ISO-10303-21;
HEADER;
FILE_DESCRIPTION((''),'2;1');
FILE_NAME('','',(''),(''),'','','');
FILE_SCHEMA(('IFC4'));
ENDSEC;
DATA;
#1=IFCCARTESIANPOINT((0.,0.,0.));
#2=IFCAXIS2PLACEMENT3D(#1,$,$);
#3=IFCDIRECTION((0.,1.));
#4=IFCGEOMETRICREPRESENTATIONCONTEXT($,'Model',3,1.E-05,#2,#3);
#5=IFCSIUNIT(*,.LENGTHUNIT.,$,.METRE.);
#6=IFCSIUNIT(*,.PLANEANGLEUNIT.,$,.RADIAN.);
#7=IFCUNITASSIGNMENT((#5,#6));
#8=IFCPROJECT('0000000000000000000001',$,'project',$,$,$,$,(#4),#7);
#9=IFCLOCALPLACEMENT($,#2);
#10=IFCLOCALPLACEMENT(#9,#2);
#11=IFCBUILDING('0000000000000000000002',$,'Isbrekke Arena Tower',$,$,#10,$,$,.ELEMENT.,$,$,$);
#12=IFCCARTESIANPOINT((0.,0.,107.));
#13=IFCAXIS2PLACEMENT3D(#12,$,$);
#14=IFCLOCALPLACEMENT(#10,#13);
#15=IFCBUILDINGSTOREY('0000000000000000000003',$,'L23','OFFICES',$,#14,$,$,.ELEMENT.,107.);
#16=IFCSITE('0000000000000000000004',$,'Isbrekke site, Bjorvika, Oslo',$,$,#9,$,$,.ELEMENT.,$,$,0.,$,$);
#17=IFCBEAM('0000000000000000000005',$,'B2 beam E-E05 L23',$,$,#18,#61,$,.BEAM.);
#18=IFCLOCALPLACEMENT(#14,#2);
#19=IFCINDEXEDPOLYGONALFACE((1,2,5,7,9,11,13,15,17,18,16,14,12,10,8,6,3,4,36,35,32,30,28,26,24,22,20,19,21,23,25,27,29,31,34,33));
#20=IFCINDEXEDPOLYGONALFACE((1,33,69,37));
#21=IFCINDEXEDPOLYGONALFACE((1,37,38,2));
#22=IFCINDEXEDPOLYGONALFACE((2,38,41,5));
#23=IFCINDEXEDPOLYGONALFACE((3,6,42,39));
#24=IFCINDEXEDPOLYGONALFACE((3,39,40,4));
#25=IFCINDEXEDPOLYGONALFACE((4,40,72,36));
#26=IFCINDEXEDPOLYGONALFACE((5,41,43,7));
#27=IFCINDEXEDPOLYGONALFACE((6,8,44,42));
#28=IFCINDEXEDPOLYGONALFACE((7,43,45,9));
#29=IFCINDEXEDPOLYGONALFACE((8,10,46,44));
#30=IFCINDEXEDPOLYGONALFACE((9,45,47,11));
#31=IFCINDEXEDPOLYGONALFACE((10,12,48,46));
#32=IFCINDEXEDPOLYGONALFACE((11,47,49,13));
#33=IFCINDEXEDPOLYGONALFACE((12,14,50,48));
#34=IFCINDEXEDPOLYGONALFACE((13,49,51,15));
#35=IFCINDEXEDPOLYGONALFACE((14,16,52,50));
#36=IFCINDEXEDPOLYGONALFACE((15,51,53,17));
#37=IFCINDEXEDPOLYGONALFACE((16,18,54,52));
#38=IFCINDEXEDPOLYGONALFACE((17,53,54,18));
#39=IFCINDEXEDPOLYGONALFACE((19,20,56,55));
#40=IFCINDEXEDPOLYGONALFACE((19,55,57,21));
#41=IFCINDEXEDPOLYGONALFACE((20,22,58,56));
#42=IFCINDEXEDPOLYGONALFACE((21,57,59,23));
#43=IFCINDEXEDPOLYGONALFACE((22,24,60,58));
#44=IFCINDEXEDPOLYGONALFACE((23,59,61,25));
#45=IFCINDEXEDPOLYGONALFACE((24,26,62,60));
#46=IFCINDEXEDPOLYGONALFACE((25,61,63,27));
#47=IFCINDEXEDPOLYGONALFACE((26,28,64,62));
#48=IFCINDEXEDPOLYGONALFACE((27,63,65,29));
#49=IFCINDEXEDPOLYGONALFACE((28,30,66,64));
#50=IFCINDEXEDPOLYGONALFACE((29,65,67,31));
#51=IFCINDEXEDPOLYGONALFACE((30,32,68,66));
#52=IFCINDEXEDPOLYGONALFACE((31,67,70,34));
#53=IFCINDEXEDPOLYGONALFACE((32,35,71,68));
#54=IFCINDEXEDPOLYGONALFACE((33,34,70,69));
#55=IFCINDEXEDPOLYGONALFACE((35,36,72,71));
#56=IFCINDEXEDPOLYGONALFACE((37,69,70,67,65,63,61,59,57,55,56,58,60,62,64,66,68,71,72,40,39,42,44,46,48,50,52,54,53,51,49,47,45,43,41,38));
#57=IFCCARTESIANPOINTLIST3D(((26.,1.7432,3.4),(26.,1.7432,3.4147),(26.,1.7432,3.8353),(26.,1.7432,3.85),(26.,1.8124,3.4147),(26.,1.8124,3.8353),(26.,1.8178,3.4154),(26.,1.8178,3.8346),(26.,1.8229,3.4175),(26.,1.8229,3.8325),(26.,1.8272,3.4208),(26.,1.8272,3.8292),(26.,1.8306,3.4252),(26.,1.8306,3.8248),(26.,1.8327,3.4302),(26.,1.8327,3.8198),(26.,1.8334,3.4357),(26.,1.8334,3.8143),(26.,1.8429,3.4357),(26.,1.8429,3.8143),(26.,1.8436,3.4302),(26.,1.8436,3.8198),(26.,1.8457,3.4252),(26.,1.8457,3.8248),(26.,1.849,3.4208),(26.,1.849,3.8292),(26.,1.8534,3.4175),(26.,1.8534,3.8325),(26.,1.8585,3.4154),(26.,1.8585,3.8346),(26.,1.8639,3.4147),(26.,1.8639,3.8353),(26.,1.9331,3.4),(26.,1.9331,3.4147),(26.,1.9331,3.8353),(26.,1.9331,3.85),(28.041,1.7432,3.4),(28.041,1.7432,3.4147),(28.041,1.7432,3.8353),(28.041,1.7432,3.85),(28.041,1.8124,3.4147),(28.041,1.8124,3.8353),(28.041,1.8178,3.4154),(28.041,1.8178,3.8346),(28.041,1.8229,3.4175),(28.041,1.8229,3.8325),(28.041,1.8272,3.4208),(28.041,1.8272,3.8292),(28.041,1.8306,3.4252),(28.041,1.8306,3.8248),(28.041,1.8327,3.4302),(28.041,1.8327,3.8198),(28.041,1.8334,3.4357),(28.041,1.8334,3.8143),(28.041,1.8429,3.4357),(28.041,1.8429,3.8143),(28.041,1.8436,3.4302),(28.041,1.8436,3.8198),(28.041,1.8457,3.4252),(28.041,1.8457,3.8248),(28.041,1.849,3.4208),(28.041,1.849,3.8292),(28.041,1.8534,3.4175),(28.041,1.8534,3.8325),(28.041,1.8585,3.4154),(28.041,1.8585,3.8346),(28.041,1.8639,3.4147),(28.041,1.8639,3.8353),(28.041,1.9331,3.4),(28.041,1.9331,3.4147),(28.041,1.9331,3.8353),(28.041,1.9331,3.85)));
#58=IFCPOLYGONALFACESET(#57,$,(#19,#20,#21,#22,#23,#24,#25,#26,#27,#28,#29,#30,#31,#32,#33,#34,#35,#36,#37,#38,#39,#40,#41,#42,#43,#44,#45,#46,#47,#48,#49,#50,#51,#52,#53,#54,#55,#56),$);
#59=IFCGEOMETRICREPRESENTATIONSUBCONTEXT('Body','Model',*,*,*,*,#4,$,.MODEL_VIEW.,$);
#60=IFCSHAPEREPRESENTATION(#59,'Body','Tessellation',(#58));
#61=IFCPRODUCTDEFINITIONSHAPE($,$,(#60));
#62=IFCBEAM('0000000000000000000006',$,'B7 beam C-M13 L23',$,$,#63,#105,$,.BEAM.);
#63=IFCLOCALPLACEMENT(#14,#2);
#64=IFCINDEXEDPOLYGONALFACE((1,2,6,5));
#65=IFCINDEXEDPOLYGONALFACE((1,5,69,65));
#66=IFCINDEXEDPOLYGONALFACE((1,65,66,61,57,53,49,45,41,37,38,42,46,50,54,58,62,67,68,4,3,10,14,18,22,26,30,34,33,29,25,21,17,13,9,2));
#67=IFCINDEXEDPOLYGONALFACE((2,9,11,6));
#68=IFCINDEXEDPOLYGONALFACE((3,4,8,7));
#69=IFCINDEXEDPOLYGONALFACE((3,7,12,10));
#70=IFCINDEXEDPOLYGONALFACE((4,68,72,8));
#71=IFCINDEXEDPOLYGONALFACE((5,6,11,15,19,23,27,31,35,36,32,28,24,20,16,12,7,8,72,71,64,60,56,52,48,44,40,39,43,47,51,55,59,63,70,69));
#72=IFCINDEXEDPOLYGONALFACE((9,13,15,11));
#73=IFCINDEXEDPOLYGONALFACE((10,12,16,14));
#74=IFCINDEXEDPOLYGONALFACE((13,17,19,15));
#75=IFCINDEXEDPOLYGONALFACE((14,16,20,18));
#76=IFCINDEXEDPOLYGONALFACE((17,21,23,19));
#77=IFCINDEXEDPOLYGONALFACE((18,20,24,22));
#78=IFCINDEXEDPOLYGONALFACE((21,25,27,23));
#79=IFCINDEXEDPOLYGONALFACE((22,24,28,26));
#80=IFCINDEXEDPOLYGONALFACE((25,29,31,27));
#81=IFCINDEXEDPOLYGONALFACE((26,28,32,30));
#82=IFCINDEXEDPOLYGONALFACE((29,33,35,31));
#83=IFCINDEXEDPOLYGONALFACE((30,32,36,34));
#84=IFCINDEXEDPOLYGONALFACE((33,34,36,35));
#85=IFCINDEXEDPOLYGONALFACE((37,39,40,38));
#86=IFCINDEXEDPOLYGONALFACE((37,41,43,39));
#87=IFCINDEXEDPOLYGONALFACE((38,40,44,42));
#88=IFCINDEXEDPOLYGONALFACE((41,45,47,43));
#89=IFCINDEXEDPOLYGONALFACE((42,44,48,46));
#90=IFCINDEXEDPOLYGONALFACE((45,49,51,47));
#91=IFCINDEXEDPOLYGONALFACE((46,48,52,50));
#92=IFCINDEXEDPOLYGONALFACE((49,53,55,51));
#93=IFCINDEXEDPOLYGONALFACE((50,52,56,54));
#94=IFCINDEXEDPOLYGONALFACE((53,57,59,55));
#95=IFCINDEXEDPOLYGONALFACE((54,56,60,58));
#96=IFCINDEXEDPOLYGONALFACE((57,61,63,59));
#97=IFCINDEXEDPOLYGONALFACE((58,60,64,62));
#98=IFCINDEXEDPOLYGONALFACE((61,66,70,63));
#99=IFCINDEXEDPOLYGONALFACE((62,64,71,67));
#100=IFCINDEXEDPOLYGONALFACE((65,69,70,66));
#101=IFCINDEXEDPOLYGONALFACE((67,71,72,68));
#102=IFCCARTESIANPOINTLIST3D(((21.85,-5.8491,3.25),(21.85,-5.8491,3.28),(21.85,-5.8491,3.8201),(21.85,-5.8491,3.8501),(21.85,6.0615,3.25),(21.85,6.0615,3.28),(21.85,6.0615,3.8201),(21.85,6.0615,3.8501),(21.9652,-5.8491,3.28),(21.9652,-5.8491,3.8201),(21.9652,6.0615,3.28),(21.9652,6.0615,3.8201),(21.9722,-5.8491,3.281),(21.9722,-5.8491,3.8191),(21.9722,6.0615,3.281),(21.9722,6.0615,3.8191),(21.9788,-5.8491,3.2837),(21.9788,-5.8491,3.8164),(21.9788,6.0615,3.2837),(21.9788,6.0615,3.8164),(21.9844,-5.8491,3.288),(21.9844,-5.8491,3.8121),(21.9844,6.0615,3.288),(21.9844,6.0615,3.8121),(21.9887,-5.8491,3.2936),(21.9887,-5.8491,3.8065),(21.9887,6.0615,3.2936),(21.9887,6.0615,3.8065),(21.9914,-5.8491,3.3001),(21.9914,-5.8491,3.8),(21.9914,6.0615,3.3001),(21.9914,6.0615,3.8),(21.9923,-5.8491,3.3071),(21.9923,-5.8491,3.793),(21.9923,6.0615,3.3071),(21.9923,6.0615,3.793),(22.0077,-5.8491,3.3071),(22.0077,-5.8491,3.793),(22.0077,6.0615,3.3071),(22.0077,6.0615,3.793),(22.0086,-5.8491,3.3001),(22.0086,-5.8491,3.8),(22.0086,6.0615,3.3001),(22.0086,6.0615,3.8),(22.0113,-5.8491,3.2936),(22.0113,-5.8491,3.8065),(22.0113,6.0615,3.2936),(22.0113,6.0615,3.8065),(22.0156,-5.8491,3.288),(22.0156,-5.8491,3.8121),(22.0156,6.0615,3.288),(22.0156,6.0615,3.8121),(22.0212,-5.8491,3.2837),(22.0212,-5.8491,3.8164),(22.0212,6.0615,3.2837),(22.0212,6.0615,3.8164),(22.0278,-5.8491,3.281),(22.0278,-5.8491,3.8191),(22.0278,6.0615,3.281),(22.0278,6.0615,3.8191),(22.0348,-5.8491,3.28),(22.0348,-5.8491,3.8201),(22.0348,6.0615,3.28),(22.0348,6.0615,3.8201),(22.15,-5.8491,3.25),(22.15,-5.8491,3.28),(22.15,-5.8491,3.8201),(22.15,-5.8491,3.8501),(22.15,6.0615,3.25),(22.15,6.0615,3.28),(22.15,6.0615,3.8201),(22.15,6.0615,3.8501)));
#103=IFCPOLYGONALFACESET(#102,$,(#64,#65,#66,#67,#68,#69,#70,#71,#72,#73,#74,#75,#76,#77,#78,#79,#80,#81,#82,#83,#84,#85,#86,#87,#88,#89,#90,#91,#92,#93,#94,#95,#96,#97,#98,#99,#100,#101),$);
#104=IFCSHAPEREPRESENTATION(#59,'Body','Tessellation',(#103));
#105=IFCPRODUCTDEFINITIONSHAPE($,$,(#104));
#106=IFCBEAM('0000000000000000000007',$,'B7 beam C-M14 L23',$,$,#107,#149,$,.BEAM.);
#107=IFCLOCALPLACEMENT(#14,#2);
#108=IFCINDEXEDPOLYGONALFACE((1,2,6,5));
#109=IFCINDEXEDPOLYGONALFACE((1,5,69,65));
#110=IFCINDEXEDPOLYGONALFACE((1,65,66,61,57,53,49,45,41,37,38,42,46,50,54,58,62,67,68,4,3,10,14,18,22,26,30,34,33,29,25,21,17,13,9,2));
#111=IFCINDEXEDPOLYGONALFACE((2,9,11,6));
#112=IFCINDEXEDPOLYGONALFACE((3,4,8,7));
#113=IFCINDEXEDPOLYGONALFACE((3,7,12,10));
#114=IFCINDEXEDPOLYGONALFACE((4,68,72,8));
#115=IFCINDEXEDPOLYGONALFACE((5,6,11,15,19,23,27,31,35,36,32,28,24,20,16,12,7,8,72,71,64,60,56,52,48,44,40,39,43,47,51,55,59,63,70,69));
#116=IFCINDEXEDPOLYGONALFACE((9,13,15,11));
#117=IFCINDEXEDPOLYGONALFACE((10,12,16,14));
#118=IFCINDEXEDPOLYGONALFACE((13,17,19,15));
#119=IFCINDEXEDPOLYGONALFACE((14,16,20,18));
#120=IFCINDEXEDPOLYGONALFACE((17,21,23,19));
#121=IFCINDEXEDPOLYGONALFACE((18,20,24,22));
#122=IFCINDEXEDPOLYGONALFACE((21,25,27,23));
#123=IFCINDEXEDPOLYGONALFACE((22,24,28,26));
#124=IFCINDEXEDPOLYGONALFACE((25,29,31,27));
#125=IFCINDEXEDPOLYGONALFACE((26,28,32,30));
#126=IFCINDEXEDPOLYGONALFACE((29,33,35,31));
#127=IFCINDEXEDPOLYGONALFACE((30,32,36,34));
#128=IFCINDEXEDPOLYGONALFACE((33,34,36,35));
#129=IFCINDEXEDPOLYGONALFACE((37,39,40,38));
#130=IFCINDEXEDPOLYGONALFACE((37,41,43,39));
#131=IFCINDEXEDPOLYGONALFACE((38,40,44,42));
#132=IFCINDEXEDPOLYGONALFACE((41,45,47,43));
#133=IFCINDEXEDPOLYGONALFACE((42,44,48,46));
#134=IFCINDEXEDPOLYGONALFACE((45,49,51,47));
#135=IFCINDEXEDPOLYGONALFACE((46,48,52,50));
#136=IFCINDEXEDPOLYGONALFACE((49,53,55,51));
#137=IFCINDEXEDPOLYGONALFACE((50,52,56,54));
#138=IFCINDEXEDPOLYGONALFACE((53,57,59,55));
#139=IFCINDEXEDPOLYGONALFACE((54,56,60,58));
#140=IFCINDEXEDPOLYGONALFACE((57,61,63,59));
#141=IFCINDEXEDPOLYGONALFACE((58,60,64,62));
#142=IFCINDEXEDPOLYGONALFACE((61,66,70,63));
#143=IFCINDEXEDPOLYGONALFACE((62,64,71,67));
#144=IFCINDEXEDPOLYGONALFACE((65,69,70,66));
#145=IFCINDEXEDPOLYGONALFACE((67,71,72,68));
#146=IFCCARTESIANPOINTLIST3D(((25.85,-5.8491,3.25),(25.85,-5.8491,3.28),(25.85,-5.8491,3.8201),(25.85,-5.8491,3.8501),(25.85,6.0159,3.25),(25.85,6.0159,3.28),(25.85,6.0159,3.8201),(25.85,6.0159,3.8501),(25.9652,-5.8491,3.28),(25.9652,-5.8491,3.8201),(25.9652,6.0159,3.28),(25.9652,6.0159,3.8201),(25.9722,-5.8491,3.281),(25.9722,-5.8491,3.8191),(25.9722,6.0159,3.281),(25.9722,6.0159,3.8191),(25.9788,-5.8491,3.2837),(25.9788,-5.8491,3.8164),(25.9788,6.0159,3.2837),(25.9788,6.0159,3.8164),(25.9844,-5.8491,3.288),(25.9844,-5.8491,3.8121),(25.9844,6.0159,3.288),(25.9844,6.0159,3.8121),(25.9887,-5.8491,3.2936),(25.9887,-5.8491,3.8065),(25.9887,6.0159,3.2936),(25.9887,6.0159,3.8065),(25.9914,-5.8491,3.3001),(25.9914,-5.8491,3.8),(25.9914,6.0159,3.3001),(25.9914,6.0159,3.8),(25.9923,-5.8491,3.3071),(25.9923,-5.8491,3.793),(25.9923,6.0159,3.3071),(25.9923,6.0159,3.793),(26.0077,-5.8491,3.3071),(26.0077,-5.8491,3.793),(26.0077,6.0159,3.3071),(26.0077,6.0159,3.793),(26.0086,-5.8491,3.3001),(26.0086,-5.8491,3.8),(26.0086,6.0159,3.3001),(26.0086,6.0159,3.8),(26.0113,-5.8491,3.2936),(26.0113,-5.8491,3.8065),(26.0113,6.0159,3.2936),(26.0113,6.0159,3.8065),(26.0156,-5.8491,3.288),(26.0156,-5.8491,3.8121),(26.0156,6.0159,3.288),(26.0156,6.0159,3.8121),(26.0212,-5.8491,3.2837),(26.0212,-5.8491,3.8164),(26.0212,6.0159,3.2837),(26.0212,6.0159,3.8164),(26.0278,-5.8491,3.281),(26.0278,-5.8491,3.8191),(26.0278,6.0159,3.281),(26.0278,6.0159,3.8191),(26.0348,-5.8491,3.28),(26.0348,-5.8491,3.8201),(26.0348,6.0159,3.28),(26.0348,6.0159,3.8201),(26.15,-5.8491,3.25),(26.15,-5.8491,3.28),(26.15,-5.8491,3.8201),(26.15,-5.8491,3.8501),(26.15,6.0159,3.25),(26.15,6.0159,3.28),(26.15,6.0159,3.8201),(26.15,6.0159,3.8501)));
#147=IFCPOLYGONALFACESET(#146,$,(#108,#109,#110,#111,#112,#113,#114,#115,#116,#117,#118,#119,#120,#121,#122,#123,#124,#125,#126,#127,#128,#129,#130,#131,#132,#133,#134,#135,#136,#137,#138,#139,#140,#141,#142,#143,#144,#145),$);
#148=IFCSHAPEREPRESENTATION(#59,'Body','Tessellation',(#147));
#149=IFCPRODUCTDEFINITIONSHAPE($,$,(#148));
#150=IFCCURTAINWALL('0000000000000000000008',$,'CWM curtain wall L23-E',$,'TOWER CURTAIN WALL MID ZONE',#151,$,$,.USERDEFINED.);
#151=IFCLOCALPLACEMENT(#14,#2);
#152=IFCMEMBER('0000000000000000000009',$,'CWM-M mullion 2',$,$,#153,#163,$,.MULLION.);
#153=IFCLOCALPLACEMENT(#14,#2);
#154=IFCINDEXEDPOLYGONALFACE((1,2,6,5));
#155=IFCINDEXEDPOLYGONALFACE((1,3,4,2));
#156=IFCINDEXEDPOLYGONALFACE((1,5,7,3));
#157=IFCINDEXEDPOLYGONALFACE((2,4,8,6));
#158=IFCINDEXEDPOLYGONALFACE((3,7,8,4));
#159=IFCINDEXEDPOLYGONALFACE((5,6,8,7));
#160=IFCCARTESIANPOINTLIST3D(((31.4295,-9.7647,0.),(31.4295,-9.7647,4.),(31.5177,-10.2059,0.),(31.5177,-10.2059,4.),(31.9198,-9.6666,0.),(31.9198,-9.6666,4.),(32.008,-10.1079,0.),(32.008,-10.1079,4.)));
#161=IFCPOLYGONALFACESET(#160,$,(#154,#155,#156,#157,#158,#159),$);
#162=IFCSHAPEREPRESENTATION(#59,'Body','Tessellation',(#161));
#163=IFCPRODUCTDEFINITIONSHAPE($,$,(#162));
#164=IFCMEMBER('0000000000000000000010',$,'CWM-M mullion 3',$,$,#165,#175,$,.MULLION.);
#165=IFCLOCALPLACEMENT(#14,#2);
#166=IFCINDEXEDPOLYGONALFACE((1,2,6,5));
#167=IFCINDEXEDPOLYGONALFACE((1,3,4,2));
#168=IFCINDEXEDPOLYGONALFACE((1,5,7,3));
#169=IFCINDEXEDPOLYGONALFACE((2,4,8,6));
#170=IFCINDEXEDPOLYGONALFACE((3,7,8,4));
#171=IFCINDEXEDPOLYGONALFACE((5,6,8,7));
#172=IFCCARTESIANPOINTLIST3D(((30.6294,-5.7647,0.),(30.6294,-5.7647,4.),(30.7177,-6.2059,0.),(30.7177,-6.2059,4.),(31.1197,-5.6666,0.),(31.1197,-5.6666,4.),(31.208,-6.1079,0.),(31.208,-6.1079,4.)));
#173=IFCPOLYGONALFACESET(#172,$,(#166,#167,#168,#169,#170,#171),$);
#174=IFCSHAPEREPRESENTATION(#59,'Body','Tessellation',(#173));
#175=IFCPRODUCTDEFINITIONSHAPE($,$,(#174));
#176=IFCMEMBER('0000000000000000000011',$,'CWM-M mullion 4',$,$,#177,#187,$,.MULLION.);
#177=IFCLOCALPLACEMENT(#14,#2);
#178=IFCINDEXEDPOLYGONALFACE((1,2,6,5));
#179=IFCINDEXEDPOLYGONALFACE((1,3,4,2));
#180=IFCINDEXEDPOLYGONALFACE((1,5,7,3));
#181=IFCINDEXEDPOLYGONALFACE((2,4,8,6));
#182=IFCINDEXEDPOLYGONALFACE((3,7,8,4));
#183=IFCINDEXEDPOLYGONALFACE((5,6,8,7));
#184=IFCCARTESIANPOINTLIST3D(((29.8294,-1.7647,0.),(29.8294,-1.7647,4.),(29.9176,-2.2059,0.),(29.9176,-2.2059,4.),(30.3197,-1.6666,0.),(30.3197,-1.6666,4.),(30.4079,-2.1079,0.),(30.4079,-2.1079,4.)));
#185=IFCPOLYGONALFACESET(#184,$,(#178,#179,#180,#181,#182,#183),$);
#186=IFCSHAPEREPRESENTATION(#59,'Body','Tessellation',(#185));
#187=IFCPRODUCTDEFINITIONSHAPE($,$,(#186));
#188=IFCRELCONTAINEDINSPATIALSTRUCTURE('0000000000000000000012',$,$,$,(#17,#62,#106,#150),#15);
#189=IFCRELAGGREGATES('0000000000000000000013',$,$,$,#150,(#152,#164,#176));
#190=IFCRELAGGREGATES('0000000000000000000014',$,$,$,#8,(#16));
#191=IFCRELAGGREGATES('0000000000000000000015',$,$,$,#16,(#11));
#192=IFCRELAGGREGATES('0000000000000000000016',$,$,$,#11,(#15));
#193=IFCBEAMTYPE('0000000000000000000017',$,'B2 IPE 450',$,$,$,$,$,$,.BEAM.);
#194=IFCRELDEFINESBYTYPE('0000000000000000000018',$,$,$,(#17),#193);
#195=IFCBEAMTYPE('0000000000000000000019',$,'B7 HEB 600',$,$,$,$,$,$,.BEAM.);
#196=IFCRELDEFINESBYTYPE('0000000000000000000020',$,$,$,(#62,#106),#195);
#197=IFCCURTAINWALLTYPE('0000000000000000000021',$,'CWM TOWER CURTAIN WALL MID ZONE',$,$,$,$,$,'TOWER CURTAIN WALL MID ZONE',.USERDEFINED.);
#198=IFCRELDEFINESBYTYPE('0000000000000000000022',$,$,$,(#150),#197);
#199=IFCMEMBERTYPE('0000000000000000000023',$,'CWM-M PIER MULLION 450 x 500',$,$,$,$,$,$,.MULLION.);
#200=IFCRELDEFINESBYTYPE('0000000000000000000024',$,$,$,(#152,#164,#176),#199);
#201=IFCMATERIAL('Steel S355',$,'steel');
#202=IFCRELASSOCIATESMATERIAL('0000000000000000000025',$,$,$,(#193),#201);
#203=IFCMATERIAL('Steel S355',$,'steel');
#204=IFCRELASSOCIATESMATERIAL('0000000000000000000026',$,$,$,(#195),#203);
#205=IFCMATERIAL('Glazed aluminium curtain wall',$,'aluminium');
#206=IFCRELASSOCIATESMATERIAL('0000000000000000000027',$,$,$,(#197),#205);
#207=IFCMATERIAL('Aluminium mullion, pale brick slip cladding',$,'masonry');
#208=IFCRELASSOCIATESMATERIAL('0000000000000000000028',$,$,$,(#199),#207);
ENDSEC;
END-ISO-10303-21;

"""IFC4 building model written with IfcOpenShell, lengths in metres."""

from ifc_helpers import new_model, si_unit, direction, frame, origin, origin_2d, place, context, subcontext, project, spatial, rectangle, i_section, extrude, material, material_profile, profile_set, type_object, element, aggregate, save


model = new_model("IFC4")

# Units and contexts
model_context = context("Model", 3, precision=1e-05, world=origin(), true_north=direction((0.0, 1.0)))
body_context = subcontext(model_context, "Body", "Model", "MODEL_VIEW")
ifc_project = project(units=[si_unit("LENGTHUNIT", "METRE"), si_unit("PLANEANGLEUNIT", "RADIAN")], contexts=[model_context])

# Site, building, storey
site_placement = place(None, origin())
site = spatial("IfcSite", under=ifc_project, at=site_placement, Name="Isbrekke site, Bjorvika, Oslo", CompositionType="ELEMENT", RefElevation=0.0)
building_placement = place(site_placement, origin())
building = spatial("IfcBuilding", under=site, at=building_placement, Name="Isbrekke Arena Tower", CompositionType="ELEMENT")
storey_placement = place(building_placement, frame((0.0, 0.0, 107.0)))
storey = spatial("IfcBuildingStorey", under=building, at=storey_placement, Name="L23", Description="OFFICES", CompositionType="ELEMENT", Elevation=107.0)

# Beams
ifc_material_1 = material(Name="Steel S355", Category="steel")
ifc_material_profile_1 = material_profile(ifc_material_1, i_section(OverallWidth=0.1899, OverallDepth=0.45, WebThickness=0.0095, FlangeThickness=0.0146, FilletRadius=0.021, at=origin_2d()), Name="IPE 450")
ifc_profile_set_1 = profile_set([ifc_material_profile_1], Name="Steel S355")
beam_type_1 = type_object("IfcBeamType", Name="B2 IPE 450", PredefinedType="BEAM", material=ifc_profile_set_1)
beam_1_placement = place(storey_placement, frame((28.041, 1.8381, 3.625), z_axis=(-1.0, 0.0, 0.0), x_axis=(0.0, -1.0, 0.0)))
element("IfcBeam", 1, at=beam_1_placement, inside=storey, type_object=beam_type_1, Name="B2 beam E-E05 L23", PredefinedType="BEAM", context=body_context, shape_type="SweptSolid", body=[
    extrude(i_section(OverallWidth=0.1899, OverallDepth=0.45, WebThickness=0.0095, FlangeThickness=0.0146, FilletRadius=0.021, at=origin_2d()), origin(), (0.0, 0.0, 1.0), 2.041),
])
ifc_material_2 = material(Name="Steel S355", Category="steel")
ifc_material_profile_2 = material_profile(ifc_material_2, i_section(OverallWidth=0.3, OverallDepth=0.6001, WebThickness=0.0154, FlangeThickness=0.03, FilletRadius=0.0271, at=origin_2d()), Name="HEB 600")
ifc_profile_set_2 = profile_set([ifc_material_profile_2], Name="Steel S355")
beam_type_2 = type_object("IfcBeamType", Name="B7 HEB 600", PredefinedType="BEAM", material=ifc_profile_set_2)
beam_2_placement = place(storey_placement, frame((22.0, -5.8491, 3.55), z_axis=(0.0, 1.0, 0.0), x_axis=(-1.0, 0.0, 0.0)))
element("IfcBeam", 2, at=beam_2_placement, inside=storey, type_object=beam_type_2, Name="B7 beam C-M13 L23", PredefinedType="BEAM", context=body_context, shape_type="SweptSolid", body=[
    extrude(i_section(OverallWidth=0.3, OverallDepth=0.6001, WebThickness=0.0154, FlangeThickness=0.03, FilletRadius=0.0271, at=origin_2d()), origin(), (0.0, 0.0, 1.0), 11.9106),
])
beam_3_placement = place(storey_placement, frame((26.0, -5.8491, 3.55), z_axis=(0.0, 1.0, 0.0), x_axis=(-1.0, 0.0, 0.0)))
element("IfcBeam", 3, at=beam_3_placement, inside=storey, type_object=beam_type_2, Name="B7 beam C-M14 L23", PredefinedType="BEAM", context=body_context, shape_type="SweptSolid", body=[
    extrude(i_section(OverallWidth=0.3, OverallDepth=0.6001, WebThickness=0.0154, FlangeThickness=0.03, FilletRadius=0.0271, at=origin_2d()), origin(), (0.0, 0.0, 1.0), 11.865),
])

# Curtain wall, members
ifc_material_3 = material(Name="Glazed aluminium curtain wall", Category="aluminium")
curtain_wall_type = type_object("IfcCurtainWallType", Name="CWM TOWER CURTAIN WALL MID ZONE", ElementType="TOWER CURTAIN WALL MID ZONE", PredefinedType="USERDEFINED", material=ifc_material_3)
curtain_wall_placement = place(storey_placement, origin())
curtain_wall = element("IfcCurtainWall", 4, at=curtain_wall_placement, inside=storey, type_object=curtain_wall_type, Name="CWM curtain wall L23-E", ObjectType="TOWER CURTAIN WALL MID ZONE", PredefinedType="USERDEFINED")
ifc_material_4 = material(Name="Aluminium mullion, pale brick slip cladding", Category="masonry")
ifc_material_profile_3 = material_profile(ifc_material_4, rectangle(XDim=0.45, YDim=0.5, at=origin_2d()), Name="PIER 450X500")
ifc_profile_set_3 = profile_set([ifc_material_profile_3], Name="Aluminium mullion, pale brick slip cladding")
member_type_1 = type_object("IfcMemberType", Name="CWM-M PIER MULLION 450 x 500", PredefinedType="MULLION", material=ifc_profile_set_3)
member_1_placement = place(storey_placement, frame((31.7188, -9.9363, 0.0), z_axis=(0.0, 0.0, 1.0), x_axis=(-0.196116, 0.980581, 0.0)))
member_1 = element("IfcMember", 5, at=member_1_placement, type_object=member_type_1, Name="CWM-M mullion 2", PredefinedType="MULLION", context=body_context, shape_type="SweptSolid", body=[
    extrude(rectangle(XDim=0.45, YDim=0.5, at=origin_2d()), origin(), (0.0, 0.0, 1.0), 4.0),
])
member_2_placement = place(storey_placement, frame((30.9187, -5.9363, 0.0), z_axis=(0.0, 0.0, 1.0), x_axis=(-0.196116, 0.980581, 0.0)))
member_2 = element("IfcMember", 6, at=member_2_placement, type_object=member_type_1, Name="CWM-M mullion 3", PredefinedType="MULLION", context=body_context, shape_type="SweptSolid", body=[
    extrude(rectangle(XDim=0.45, YDim=0.5, at=origin_2d()), origin(), (0.0, 0.0, 1.0), 4.0),
])
member_3_placement = place(storey_placement, frame((30.1187, -1.9363, 0.0), z_axis=(0.0, 0.0, 1.0), x_axis=(-0.196116, 0.980581, 0.0)))
member_3 = element("IfcMember", 7, at=member_3_placement, type_object=member_type_1, Name="CWM-M mullion 4", PredefinedType="MULLION", context=body_context, shape_type="SweptSolid", body=[
    extrude(rectangle(XDim=0.45, YDim=0.5, at=origin_2d()), origin(), (0.0, 0.0, 1.0), 4.0),
])

aggregate(curtain_wall, [member_1, member_2, member_3])

save(model, "model.ifc")
